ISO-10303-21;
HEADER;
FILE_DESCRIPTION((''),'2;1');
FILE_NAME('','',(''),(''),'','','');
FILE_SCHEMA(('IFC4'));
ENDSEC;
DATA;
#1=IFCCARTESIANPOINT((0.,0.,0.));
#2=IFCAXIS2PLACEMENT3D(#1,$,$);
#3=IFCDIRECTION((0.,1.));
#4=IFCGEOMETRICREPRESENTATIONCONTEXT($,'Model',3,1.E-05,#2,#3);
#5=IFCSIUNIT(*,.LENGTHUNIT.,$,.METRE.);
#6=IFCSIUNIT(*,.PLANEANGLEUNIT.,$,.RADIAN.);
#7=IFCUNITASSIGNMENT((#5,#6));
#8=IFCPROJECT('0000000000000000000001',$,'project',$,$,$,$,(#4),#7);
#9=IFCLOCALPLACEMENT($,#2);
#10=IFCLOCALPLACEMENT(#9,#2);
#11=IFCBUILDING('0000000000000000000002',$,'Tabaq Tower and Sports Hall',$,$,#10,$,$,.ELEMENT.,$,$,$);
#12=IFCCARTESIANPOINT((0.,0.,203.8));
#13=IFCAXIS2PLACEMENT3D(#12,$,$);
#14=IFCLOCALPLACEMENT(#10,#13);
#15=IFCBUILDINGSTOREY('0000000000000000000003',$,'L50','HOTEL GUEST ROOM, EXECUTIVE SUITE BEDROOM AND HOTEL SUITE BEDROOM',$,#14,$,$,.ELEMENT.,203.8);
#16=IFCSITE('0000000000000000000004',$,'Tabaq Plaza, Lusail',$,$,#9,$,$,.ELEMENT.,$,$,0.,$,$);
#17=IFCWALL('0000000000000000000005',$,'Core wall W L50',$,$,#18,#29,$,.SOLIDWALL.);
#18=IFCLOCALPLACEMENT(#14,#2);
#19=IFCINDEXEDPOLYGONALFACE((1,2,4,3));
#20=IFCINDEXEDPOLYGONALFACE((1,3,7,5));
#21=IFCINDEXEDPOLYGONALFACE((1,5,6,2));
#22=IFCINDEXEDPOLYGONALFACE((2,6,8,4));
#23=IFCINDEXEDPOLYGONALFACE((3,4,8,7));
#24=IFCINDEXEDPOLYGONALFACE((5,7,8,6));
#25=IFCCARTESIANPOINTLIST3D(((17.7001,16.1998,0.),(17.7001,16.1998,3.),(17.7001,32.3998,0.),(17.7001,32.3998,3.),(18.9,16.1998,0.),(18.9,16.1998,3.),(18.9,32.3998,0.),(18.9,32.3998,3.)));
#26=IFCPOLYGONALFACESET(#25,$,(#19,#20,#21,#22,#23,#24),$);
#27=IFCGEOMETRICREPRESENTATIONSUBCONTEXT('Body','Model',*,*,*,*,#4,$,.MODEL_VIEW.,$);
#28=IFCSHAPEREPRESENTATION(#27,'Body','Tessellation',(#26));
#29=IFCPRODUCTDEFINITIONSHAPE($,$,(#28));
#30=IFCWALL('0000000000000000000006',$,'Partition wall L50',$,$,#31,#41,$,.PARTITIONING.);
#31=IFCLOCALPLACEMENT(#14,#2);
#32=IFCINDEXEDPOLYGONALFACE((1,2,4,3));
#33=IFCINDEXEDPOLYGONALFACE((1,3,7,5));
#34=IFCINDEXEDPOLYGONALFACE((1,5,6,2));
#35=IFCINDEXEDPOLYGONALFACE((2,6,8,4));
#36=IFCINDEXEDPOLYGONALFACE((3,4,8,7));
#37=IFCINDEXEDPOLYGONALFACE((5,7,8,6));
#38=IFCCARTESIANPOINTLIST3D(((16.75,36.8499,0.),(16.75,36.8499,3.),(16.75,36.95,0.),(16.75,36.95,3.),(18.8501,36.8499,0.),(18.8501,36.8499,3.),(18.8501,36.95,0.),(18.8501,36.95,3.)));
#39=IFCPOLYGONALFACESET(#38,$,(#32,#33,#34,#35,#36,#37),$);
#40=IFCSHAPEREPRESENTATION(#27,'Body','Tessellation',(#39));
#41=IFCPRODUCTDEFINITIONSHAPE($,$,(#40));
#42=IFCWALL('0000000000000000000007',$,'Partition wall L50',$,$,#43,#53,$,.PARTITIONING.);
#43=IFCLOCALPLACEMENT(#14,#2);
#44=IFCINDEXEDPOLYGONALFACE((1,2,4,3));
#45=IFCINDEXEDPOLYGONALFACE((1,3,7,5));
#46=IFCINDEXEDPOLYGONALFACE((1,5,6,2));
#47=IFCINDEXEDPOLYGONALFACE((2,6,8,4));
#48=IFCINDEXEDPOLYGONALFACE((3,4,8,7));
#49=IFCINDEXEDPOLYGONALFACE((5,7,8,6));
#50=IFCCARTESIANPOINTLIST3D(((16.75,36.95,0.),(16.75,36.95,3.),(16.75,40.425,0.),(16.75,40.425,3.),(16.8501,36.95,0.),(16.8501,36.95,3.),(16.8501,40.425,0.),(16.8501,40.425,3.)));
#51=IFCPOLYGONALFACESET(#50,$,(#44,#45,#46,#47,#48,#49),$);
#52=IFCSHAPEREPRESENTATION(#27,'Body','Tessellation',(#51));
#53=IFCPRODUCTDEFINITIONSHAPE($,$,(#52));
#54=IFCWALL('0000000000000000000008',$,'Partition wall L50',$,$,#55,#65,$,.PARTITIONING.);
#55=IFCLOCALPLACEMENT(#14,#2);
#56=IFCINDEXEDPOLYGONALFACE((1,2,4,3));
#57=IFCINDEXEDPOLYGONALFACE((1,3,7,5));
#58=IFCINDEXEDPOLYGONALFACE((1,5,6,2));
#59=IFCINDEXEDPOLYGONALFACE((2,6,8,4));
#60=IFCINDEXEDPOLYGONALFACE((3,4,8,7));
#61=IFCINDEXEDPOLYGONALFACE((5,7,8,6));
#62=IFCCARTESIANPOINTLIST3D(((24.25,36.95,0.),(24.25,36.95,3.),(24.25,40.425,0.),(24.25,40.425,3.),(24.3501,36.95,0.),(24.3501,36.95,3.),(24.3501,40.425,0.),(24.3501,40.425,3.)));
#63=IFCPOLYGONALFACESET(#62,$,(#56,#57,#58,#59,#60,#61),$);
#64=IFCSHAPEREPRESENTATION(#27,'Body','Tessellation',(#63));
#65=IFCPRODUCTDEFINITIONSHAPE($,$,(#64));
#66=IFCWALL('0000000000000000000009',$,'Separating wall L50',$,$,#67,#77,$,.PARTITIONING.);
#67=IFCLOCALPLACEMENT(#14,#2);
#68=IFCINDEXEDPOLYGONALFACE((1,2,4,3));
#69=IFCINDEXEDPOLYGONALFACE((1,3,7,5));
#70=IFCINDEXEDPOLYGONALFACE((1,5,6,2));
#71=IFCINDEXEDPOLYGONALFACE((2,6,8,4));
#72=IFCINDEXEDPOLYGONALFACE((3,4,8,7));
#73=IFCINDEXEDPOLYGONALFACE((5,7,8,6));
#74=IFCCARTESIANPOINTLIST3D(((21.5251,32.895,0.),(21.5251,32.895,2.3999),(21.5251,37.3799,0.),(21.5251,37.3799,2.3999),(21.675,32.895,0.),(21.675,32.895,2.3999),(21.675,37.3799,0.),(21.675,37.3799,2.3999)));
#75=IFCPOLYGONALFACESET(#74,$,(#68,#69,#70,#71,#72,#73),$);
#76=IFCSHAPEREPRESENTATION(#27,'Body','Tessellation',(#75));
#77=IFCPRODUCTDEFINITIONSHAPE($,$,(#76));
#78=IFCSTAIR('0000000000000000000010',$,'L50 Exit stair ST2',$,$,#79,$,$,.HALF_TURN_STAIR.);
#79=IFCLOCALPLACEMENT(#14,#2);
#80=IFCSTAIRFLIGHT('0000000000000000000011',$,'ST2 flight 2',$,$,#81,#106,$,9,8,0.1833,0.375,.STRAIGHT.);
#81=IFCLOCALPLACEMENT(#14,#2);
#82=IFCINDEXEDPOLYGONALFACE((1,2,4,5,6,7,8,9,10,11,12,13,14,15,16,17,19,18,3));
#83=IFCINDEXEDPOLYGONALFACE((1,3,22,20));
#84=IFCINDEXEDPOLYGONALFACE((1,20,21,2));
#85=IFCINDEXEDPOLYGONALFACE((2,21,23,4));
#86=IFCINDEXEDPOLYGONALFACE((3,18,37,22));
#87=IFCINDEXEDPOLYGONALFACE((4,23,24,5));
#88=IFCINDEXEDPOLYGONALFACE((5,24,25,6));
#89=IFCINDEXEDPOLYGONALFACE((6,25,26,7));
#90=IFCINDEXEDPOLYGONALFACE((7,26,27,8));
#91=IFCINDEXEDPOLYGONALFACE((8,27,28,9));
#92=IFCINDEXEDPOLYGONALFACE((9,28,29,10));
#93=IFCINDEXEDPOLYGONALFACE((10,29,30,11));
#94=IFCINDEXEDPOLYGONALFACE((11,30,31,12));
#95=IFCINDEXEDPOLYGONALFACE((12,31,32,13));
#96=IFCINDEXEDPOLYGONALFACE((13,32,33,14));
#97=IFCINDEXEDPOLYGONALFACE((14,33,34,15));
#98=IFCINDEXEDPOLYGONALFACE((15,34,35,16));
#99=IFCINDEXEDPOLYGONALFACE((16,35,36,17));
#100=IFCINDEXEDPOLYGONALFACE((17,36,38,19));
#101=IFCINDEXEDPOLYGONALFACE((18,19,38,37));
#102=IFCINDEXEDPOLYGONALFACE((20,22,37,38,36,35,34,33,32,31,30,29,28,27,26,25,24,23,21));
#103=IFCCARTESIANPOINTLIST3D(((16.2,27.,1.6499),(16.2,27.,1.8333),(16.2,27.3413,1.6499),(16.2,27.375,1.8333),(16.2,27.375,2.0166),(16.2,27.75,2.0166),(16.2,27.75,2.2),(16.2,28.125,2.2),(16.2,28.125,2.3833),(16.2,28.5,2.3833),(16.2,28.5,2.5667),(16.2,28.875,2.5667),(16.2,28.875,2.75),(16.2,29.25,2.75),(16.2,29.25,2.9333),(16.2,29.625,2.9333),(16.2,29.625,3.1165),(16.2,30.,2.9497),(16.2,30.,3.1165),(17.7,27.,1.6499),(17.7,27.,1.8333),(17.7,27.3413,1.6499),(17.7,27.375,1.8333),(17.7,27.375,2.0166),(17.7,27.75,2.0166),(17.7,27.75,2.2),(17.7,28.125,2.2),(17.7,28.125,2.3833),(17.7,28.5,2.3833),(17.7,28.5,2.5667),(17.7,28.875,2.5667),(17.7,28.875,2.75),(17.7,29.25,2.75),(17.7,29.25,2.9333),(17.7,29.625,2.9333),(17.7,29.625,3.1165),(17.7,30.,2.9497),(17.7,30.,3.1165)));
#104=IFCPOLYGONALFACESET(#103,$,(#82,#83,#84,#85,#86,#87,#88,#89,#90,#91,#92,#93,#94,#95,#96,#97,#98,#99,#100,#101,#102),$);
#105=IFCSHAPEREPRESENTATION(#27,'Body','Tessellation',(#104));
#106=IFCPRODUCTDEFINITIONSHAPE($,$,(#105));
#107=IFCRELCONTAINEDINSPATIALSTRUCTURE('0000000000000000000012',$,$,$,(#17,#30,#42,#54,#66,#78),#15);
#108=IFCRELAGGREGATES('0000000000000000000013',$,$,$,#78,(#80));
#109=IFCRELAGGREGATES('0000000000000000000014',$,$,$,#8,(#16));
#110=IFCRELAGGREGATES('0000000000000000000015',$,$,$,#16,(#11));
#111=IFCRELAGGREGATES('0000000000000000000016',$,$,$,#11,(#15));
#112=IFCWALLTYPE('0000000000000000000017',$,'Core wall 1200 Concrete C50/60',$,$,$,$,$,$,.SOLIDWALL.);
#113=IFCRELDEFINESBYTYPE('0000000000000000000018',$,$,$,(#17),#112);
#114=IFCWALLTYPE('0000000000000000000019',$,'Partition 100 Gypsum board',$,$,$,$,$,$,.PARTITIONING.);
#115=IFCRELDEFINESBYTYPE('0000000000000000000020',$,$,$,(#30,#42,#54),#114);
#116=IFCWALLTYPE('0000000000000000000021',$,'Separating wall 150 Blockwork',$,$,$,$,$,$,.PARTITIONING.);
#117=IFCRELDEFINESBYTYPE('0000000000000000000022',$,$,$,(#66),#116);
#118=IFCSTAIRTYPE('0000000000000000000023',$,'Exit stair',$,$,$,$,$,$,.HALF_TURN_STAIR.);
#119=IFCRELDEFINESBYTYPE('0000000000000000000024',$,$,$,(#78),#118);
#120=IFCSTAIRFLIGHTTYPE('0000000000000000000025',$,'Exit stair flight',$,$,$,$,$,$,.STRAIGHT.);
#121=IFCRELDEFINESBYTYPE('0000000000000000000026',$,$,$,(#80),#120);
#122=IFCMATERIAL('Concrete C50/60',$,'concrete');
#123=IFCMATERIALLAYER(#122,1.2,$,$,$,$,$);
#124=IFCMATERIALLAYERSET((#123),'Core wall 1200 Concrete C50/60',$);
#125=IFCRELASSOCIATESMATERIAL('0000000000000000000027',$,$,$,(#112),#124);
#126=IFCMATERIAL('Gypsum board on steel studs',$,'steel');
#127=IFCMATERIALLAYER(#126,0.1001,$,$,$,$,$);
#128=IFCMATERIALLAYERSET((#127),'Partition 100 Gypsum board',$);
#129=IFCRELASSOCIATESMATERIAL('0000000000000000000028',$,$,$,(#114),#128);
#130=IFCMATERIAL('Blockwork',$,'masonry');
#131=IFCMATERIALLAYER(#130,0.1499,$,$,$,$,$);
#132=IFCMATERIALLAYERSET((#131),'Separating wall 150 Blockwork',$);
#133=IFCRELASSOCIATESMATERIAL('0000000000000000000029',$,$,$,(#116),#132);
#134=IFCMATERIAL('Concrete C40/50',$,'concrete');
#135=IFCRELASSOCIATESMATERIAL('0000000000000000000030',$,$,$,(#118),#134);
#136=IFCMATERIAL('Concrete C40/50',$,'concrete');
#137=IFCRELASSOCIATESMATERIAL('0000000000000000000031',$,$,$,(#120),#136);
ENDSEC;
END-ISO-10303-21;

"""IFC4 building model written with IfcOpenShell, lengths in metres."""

from ifc_helpers import new_model, si_unit, direction, frame, frame_2d, origin, place, context, subcontext, project, spatial, polyline, rectangle, outline, extrude, material, layer, layer_set, type_object, element, aggregate, save


model = new_model("IFC4")

# Units and contexts
model_context = context("Model", 3, precision=1e-05, world=origin(), true_north=direction((0.0, 1.0)))
body_context = subcontext(model_context, "Body", "Model", "MODEL_VIEW")
ifc_project = project(units=[si_unit("LENGTHUNIT", "METRE"), si_unit("PLANEANGLEUNIT", "RADIAN")], contexts=[model_context])

# Site, building, storey
site_placement = place(None, origin())
site = spatial("IfcSite", under=ifc_project, at=site_placement, Name="Tabaq Plaza, Lusail", CompositionType="ELEMENT", RefElevation=0.0)
building_placement = place(site_placement, origin())
building = spatial("IfcBuilding", under=site, at=building_placement, Name="Tabaq Tower and Sports Hall", CompositionType="ELEMENT")
storey_placement = place(building_placement, frame((0.0, 0.0, 203.8)))
storey = spatial("IfcBuildingStorey", under=building, at=storey_placement, Name="L50", Description="HOTEL GUEST ROOM, EXECUTIVE SUITE BEDROOM AND HOTEL SUITE BEDROOM", CompositionType="ELEMENT", Elevation=203.8)

# Walls
ifc_material_1 = material(Name="Concrete C50/60", Category="concrete")
ifc_layer_1 = layer(ifc_material_1, 1.2)
ifc_layer_set_1 = layer_set([ifc_layer_1], Name="Core wall 1200 Concrete C50/60")
wall_type_1 = type_object("IfcWallType", Name="Core wall 1200 Concrete C50/60", PredefinedType="SOLIDWALL", material=ifc_layer_set_1)
wall_1_placement = place(storey_placement, frame((18.3, 32.3999, 0.0), z_axis=(0.0, 0.0, 1.0), x_axis=(0.0, -1.0, 0.0)))
element("IfcWall", 1, at=wall_1_placement, inside=storey, type_object=wall_type_1, Name="Core wall W L50", PredefinedType="SOLIDWALL", context=body_context, shape_type="SweptSolid", body=[
    extrude(rectangle(XDim=16.2, YDim=1.2, at=frame_2d((8.1001, 0.0))), origin(), (0.0, 0.0, 1.0), 3.0),
])
ifc_material_2 = material(Name="Gypsum board on steel studs", Category="steel")
ifc_layer_2 = layer(ifc_material_2, 0.1001)
ifc_layer_set_2 = layer_set([ifc_layer_2], Name="Partition 100 Gypsum board")
wall_type_2 = type_object("IfcWallType", Name="Partition 100 Gypsum board", PredefinedType="PARTITIONING", material=ifc_layer_set_2)
wall_2_placement = place(storey_placement, frame((18.8501, 36.8999, 0.0), z_axis=(0.0, 0.0, 1.0), x_axis=(-1.0, 0.0, 0.0)))
element("IfcWall", 2, at=wall_2_placement, inside=storey, type_object=wall_type_2, Name="Partition wall L50", PredefinedType="PARTITIONING", context=body_context, shape_type="SweptSolid", body=[
    extrude(rectangle(XDim=2.1001, YDim=0.1001, at=frame_2d((1.05, 0.0))), origin(), (0.0, 0.0, 1.0), 3.0),
])
for number, where, z_axis, x_axis, name in (
    (3, (16.8, 36.95, 0.0), (0.0, 0.0, 1.0), (0.0, 1.0, 0.0), "Partition wall L50"),
    (4, (24.3, 36.95, 0.0), (0.0, 0.0, 1.0), (0.0, 1.0, 0.0), "Partition wall L50"),
):
    element("IfcWall", number, at=place(storey_placement, frame(where, z_axis=z_axis, x_axis=x_axis)), inside=storey, type_object=wall_type_2, Name=name, PredefinedType="PARTITIONING", context=body_context, shape_type="SweptSolid", body=[
        extrude(rectangle(XDim=3.4751, YDim=0.1001, at=frame_2d((1.7375, 0.0))), origin(), (0.0, 0.0, 1.0), 3.0),
    ])
ifc_material_3 = material(Name="Blockwork", Category="masonry")
ifc_layer_3 = layer(ifc_material_3, 0.1499)
ifc_layer_set_3 = layer_set([ifc_layer_3], Name="Separating wall 150 Blockwork")
wall_type_3 = type_object("IfcWallType", Name="Separating wall 150 Blockwork", PredefinedType="PARTITIONING", material=ifc_layer_set_3)
wall_3_placement = place(storey_placement, frame((21.6001, 32.895, 0.0), z_axis=(0.0, 0.0, 1.0), x_axis=(0.0, 1.0, 0.0)))
element("IfcWall", 5, at=wall_3_placement, inside=storey, type_object=wall_type_3, Name="Separating wall L50", PredefinedType="PARTITIONING", context=body_context, shape_type="SweptSolid", body=[
    extrude(rectangle(XDim=4.4849, YDim=0.1499, at=frame_2d((2.2424, 0.0))), origin(), (0.0, 0.0, 1.0), 2.3999),
])

# Stair, stair flight
ifc_material_4 = material(Name="Concrete C40/50", Category="concrete")
stair_type = type_object("IfcStairType", Name="Exit stair", PredefinedType="HALF_TURN_STAIR", material=ifc_material_4)
stair_placement = place(storey_placement, origin())
stair = element("IfcStair", 6, at=stair_placement, inside=storey, type_object=stair_type, Name="L50 Exit stair ST2", PredefinedType="HALF_TURN_STAIR")
ifc_material_5 = material(Name="Concrete C40/50", Category="concrete")
stair_flight_type = type_object("IfcStairFlightType", Name="Exit stair flight", PredefinedType="STRAIGHT", material=ifc_material_5)
stair_flight_placement = place(storey_placement, frame((16.95, 27.0, 1.6499), z_axis=(0.0, 0.0, 1.0), x_axis=(0.0, 1.0, 0.0)))
stair_flight = element("IfcStairFlight", 7, at=stair_flight_placement, type_object=stair_flight_type, Name="ST2 flight 2", NumberOfRisers=9, NumberOfTreads=8, PredefinedType="STRAIGHT", RiserHeight=0.1833, TreadLength=0.375, context=body_context, shape_type="SweptSolid", body=[
    extrude(outline(polyline([(0.0, 0.0), (0.0, 0.1833), (0.375, 0.1833), (0.375, 0.3667), (0.75, 0.3667), (0.75, 0.55), (1.125, 0.55), (1.125, 0.7334), (1.5, 0.7334), (1.5, 0.9167), (1.875, 0.9167), (1.875, 1.1001), (2.25, 1.1001), (2.25, 1.2834), (2.625, 1.2834), (2.625, 1.4666), (3.0, 1.4666), (3.0, 1.6499), (3.0, 1.2998), (0.3413, 0.0), (0.0, 0.0)])), frame((0.0, 0.75, 0.0), z_axis=(0.0, -1.0, 0.0), x_axis=(1.0, 0.0, 0.0)), (0.0, 0.0, 1.0), 1.5),
])
aggregate(stair, [stair_flight])

save(model, "model.ifc")
